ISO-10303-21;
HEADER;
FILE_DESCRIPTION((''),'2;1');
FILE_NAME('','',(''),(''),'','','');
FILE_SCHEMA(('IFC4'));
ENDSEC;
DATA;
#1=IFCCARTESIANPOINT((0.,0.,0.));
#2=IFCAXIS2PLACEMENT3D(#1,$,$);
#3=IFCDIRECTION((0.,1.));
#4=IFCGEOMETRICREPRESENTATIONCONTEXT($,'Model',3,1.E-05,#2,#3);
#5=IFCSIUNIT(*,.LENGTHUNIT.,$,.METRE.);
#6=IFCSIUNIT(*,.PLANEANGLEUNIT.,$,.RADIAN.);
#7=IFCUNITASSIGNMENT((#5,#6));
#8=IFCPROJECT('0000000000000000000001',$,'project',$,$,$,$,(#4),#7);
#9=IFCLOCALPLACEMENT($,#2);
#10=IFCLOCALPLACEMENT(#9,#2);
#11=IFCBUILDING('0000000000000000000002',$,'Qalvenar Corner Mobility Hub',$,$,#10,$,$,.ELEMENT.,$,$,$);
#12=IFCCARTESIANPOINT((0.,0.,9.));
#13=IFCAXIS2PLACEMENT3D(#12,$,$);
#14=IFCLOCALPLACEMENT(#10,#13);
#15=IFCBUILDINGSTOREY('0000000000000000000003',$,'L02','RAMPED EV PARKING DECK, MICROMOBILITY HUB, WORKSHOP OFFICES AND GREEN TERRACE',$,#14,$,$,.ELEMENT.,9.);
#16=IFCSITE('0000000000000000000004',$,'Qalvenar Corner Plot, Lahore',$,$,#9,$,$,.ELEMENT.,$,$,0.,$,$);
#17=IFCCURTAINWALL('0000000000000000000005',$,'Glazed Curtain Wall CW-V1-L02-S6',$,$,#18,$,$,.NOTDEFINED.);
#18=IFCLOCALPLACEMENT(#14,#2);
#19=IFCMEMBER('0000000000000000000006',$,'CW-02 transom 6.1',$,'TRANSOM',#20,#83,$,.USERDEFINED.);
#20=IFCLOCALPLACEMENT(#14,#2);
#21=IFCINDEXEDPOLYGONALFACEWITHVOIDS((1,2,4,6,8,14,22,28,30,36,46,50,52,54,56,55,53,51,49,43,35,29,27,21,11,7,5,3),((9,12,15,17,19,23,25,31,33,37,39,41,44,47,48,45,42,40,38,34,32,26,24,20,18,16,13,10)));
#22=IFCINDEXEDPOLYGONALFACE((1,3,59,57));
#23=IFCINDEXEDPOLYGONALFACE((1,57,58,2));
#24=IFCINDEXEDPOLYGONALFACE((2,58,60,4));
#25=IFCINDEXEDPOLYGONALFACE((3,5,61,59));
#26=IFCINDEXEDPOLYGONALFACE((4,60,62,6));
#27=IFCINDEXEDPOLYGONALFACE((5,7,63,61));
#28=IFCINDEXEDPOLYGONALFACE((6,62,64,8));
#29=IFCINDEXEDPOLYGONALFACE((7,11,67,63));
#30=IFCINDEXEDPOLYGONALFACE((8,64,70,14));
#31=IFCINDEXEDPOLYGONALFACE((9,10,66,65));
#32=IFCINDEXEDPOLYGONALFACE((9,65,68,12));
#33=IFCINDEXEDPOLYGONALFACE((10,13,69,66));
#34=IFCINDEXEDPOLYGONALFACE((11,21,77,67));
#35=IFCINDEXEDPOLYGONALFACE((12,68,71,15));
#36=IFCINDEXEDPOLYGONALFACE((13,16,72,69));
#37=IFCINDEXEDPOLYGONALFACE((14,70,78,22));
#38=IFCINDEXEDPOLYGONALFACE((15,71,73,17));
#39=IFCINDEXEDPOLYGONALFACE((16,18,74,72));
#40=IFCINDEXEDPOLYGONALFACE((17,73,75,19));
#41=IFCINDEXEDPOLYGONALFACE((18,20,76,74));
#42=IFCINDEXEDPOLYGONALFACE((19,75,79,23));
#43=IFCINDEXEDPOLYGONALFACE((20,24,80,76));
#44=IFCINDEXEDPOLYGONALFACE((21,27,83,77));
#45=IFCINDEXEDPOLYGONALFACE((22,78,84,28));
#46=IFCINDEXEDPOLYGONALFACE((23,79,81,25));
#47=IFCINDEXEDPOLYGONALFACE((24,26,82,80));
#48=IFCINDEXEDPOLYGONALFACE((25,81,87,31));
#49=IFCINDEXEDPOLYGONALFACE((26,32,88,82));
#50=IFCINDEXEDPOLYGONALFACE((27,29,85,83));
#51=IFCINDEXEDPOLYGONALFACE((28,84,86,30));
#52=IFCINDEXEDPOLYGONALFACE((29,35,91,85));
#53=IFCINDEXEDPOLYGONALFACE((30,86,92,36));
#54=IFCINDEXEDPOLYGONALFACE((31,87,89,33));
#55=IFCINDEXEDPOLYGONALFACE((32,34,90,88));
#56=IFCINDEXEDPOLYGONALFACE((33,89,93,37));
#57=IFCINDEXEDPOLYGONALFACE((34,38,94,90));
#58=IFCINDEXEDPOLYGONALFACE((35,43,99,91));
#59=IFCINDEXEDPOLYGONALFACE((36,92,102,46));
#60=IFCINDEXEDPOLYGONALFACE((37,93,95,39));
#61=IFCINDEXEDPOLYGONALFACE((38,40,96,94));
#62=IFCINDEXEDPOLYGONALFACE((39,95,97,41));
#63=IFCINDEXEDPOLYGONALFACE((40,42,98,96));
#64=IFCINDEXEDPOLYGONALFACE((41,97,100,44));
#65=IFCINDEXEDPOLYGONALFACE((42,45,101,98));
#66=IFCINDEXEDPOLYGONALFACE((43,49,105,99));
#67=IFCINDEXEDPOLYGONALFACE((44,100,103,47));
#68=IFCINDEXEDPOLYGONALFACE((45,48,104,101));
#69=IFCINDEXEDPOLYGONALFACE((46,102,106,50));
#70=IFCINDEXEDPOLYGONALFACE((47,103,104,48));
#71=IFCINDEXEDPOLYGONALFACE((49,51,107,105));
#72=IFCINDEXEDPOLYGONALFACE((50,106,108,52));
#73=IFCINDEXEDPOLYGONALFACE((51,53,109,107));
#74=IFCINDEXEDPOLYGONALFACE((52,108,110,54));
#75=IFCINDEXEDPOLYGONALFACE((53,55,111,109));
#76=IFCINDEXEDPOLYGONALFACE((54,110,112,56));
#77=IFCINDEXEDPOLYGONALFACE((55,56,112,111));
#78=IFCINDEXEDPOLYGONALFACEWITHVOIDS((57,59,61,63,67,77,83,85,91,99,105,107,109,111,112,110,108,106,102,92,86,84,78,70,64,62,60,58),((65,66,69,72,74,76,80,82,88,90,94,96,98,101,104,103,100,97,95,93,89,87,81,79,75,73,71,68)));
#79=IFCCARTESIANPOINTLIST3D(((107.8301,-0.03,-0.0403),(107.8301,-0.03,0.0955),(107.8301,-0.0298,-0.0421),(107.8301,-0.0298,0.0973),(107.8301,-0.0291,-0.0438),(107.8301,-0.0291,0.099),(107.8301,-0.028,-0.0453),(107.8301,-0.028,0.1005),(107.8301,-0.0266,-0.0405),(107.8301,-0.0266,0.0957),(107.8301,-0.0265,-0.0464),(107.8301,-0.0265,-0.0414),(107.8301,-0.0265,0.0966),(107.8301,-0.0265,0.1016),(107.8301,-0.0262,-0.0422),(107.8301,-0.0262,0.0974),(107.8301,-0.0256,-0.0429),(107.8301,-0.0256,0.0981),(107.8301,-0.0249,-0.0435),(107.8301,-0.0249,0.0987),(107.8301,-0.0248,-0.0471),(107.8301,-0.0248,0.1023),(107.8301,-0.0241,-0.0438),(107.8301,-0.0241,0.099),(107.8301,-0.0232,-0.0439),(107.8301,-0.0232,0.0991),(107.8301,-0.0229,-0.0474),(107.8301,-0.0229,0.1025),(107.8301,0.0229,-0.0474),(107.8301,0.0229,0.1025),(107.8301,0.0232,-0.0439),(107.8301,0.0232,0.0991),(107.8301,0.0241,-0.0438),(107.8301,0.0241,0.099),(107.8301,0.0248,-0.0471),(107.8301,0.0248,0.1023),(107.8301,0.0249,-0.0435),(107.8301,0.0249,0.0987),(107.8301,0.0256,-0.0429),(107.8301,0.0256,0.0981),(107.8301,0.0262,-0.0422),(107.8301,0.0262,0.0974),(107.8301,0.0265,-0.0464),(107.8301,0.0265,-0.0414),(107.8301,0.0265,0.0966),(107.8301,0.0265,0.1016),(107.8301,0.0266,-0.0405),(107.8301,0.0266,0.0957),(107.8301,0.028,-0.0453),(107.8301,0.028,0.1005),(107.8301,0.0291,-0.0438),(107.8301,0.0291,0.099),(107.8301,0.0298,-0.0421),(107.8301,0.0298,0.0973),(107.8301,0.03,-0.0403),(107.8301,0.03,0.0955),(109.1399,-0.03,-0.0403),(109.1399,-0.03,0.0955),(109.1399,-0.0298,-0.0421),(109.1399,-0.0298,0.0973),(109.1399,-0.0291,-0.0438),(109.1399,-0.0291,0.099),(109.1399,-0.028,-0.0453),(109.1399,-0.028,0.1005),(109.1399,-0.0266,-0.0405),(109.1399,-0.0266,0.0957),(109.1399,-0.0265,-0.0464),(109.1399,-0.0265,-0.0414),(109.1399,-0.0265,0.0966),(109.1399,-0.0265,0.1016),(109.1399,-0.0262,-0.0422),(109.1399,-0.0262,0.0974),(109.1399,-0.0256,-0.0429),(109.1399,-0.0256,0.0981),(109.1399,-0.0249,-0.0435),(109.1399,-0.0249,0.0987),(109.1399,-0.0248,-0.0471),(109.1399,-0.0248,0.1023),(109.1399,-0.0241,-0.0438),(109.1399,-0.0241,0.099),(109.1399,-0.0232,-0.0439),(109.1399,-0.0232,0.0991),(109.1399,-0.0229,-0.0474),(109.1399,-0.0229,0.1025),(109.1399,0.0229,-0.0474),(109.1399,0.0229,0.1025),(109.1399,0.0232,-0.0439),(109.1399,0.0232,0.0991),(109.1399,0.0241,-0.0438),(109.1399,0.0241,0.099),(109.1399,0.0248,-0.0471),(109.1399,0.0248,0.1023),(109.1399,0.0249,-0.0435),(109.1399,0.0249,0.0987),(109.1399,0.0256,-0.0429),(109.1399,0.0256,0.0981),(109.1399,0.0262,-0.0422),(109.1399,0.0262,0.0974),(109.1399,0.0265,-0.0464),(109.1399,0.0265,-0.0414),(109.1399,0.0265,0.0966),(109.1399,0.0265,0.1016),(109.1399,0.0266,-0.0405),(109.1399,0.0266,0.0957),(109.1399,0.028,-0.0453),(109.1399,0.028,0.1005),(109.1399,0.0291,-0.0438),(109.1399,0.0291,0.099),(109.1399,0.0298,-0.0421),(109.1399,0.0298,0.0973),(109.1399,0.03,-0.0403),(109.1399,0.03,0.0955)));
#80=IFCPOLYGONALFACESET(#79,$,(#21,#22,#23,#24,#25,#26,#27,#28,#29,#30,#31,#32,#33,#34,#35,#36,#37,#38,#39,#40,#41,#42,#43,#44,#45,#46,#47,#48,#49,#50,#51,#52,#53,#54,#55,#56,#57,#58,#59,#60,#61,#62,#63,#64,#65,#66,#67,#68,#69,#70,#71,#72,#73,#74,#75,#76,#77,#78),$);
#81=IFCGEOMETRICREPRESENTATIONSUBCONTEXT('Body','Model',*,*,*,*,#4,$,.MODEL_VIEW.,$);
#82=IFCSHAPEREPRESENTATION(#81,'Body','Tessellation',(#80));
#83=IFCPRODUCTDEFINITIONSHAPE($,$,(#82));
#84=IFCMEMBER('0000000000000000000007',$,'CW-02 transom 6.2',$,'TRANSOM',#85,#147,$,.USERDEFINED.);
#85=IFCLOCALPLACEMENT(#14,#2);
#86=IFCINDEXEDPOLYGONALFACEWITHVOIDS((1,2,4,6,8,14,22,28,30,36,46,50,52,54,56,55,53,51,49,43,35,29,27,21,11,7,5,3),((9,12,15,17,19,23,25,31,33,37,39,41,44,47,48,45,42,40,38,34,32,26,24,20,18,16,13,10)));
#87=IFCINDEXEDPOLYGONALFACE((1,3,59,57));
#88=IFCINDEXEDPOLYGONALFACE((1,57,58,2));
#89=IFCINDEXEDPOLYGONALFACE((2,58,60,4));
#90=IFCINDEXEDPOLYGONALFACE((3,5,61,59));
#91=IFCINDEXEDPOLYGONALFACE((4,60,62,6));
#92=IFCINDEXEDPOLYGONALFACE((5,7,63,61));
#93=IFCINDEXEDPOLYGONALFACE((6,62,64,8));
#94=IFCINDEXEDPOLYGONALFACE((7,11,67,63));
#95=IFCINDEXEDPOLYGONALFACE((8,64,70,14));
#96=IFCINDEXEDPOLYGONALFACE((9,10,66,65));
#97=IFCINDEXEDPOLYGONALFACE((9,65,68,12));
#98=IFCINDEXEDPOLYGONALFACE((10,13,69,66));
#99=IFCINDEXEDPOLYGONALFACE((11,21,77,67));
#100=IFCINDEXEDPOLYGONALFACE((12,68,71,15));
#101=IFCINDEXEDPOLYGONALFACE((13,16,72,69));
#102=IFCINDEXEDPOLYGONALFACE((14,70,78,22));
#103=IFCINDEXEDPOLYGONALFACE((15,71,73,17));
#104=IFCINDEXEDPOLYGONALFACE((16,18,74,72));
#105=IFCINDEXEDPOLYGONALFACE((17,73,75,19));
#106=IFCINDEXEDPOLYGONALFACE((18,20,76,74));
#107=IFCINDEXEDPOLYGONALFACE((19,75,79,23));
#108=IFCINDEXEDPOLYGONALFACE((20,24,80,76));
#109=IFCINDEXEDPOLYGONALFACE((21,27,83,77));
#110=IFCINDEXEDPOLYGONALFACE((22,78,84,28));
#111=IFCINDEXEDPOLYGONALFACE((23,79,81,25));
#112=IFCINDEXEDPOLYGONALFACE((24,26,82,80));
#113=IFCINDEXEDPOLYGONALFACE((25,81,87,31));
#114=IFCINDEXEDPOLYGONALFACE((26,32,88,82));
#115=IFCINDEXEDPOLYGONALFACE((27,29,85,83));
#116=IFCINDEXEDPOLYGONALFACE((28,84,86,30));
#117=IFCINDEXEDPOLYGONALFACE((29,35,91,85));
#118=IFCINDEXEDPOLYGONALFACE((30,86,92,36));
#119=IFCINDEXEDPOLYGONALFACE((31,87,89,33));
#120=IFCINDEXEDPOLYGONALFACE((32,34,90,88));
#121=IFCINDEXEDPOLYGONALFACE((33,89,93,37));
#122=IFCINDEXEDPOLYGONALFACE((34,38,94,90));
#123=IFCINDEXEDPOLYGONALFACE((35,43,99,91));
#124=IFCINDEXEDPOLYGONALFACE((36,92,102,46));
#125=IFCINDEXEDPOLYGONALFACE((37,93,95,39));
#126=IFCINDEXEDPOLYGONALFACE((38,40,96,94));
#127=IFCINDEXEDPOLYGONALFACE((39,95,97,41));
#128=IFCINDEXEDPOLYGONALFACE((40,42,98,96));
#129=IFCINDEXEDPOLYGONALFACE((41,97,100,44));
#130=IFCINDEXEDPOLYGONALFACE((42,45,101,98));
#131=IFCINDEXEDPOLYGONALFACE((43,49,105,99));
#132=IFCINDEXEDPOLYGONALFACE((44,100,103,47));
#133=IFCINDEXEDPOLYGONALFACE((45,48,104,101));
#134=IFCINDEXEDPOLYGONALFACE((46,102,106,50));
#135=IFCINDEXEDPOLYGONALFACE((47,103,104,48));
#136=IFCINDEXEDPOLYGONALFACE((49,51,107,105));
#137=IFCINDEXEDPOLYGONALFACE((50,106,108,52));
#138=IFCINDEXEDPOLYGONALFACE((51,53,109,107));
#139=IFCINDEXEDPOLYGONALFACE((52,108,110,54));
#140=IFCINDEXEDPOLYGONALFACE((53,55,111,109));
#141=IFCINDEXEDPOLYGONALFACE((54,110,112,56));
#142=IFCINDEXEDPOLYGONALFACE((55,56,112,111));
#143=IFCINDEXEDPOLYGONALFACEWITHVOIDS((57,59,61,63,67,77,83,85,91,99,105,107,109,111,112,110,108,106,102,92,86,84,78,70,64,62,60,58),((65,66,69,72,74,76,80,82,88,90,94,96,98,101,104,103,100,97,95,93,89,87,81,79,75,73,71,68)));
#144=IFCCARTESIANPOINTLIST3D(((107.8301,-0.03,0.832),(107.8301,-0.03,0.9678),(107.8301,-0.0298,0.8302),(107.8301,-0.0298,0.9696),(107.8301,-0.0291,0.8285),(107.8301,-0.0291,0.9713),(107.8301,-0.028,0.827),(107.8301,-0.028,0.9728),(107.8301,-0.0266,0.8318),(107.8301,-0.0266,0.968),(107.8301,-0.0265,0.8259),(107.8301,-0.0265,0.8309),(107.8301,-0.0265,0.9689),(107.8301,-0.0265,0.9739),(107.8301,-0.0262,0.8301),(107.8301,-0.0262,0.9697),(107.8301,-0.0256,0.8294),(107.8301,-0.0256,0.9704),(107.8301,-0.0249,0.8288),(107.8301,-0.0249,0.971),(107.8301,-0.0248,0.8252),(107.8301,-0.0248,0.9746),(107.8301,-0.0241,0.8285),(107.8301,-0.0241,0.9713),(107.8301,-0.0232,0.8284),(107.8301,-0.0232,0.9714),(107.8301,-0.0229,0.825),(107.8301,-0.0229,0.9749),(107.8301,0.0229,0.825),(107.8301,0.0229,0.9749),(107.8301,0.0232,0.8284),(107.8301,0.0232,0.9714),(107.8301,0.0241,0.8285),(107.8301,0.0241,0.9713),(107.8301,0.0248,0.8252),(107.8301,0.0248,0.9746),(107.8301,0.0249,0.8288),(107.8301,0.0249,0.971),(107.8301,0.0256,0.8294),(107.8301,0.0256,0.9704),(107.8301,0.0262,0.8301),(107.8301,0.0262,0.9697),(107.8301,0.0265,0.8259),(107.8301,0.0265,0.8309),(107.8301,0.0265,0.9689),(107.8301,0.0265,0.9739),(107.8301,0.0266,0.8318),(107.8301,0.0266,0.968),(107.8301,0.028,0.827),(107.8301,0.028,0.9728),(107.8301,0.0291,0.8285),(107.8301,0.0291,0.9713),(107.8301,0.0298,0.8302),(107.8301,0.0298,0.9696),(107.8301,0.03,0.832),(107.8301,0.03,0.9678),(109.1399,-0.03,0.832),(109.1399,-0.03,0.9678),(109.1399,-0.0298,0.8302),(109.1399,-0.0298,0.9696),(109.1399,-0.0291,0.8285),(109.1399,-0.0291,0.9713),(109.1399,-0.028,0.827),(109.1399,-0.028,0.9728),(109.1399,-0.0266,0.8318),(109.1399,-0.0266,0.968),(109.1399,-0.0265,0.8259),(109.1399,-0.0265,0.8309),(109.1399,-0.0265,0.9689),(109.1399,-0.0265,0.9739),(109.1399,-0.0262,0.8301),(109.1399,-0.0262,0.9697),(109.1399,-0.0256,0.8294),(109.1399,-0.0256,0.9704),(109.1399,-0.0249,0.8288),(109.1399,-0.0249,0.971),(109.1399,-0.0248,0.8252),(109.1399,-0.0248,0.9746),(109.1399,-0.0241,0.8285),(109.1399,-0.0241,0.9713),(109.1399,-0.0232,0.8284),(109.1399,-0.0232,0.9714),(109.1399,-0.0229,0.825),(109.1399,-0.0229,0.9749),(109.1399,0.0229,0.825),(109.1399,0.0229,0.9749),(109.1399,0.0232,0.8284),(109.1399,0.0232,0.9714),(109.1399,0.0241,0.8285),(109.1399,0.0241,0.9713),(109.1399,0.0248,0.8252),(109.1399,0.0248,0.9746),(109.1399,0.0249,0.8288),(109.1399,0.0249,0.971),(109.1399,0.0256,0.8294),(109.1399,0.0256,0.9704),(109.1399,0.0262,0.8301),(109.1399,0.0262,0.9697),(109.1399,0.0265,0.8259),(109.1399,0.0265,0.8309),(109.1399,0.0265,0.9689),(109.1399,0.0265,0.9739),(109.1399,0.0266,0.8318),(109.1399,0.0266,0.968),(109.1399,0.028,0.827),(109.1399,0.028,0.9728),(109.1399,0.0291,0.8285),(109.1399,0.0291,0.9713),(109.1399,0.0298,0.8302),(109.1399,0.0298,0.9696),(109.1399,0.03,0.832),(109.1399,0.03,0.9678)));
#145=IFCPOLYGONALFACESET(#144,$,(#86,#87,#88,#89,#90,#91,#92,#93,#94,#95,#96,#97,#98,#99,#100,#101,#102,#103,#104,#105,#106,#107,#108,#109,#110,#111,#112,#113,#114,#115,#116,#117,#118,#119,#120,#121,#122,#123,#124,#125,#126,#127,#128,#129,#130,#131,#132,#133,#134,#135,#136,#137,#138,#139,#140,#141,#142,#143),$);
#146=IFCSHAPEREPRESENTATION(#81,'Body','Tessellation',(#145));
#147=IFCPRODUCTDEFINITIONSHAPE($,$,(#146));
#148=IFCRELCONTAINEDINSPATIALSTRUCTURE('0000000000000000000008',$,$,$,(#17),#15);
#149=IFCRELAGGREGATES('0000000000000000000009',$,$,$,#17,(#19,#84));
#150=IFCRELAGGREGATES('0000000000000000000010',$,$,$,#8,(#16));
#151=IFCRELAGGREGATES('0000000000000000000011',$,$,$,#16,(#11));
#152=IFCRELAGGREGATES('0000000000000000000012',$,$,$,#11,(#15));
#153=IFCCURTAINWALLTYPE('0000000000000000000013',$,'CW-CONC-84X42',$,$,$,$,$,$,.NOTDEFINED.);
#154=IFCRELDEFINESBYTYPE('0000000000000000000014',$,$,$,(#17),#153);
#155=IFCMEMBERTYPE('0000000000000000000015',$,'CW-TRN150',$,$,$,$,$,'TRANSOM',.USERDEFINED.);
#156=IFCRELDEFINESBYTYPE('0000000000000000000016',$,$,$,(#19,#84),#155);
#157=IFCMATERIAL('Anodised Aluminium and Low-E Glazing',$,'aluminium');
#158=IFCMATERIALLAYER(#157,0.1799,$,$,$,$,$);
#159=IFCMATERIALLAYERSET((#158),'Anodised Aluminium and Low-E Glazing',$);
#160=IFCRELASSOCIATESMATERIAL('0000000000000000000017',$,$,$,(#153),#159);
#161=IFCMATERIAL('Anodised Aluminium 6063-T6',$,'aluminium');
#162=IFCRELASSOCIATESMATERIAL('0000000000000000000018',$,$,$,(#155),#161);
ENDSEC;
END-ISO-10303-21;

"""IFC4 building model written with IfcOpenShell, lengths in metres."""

from ifc_helpers import new_model, si_unit, direction, frame, origin, origin_2d, place, context, subcontext, project, spatial, hollow_rectangle, extrude, material, layer, layer_set, material_profile, profile_set, type_object, element, aggregate, save


model = new_model("IFC4")

# Units and contexts
model_context = context("Model", 3, precision=1e-05, world=origin(), true_north=direction((0.0, 1.0)))
body_context = subcontext(model_context, "Body", "Model", "MODEL_VIEW")
ifc_project = project(units=[si_unit("LENGTHUNIT", "METRE"), si_unit("PLANEANGLEUNIT", "RADIAN")], contexts=[model_context])

# Site, building, storey
site_placement = place(None, origin())
site = spatial("IfcSite", under=ifc_project, at=site_placement, Name="Qalvenar Corner Plot, Lahore", CompositionType="ELEMENT", RefElevation=0.0)
building_placement = place(site_placement, origin())
building = spatial("IfcBuilding", under=site, at=building_placement, Name="Qalvenar Corner Mobility Hub", CompositionType="ELEMENT")
storey_placement = place(building_placement, frame((0.0, 0.0, 9.0)))
storey = spatial("IfcBuildingStorey", under=building, at=storey_placement, Name="L02", Description="RAMPED EV PARKING DECK, MICROMOBILITY HUB, WORKSHOP OFFICES AND GREEN TERRACE", CompositionType="ELEMENT", Elevation=9.0)

# Curtain wall, members
ifc_material_1 = material(Name="Anodised Aluminium and Low-E Glazing", Category="aluminium")
ifc_layer_1 = layer(ifc_material_1, 0.1799)
ifc_layer_set_1 = layer_set([ifc_layer_1], Name="Anodised Aluminium and Low-E Glazing")
curtain_wall_type = type_object("IfcCurtainWallType", Name="CW-CONC-84X42", PredefinedType="NOTDEFINED", material=ifc_layer_set_1)
curtain_wall_placement = place(storey_placement, origin())
curtain_wall = element("IfcCurtainWall", 1, at=curtain_wall_placement, inside=storey, type_object=curtain_wall_type, Name="Glazed Curtain Wall CW-V1-L02-S6", PredefinedType="NOTDEFINED")
ifc_material_2 = material(Name="Anodised Aluminium 6063-T6", Category="aluminium")
ifc_material_profile_1 = material_profile(ifc_material_2, hollow_rectangle(XDim=0.0601, YDim=0.1499, WallThickness=0.0034, InnerFilletRadius=0.0034, OuterFilletRadius=0.0071, at=origin_2d()), Name="RHS150x60x3.5")
ifc_profile_set_1 = profile_set([ifc_material_profile_1], Name="Anodised Aluminium 6063-T6")
member_type_1 = type_object("IfcMemberType", Name="CW-TRN150", ElementType="TRANSOM", PredefinedType="USERDEFINED", material=ifc_profile_set_1)
member_1_placement = place(storey_placement, frame((107.8301, 0.0, 0.0276), z_axis=(1.0, 0.0, 0.0), x_axis=(0.0, 1.0, 0.0)))
member_1 = element("IfcMember", 2, at=member_1_placement, type_object=member_type_1, Name="CW-02 transom 6.1", ObjectType="TRANSOM", PredefinedType="USERDEFINED", context=body_context, shape_type="SweptSolid", body=[
    extrude(hollow_rectangle(XDim=0.0601, YDim=0.1499, WallThickness=0.0034, InnerFilletRadius=0.0034, OuterFilletRadius=0.0071, at=origin_2d()), origin(), (0.0, 0.0, 1.0), 1.3098),
])
member_2_placement = place(storey_placement, frame((107.8301, 0.0, 0.8999), z_axis=(1.0, 0.0, 0.0), x_axis=(0.0, 1.0, 0.0)))
member_2 = element("IfcMember", 3, at=member_2_placement, type_object=member_type_1, Name="CW-02 transom 6.2", ObjectType="TRANSOM", PredefinedType="USERDEFINED", context=body_context, shape_type="SweptSolid", body=[
    extrude(hollow_rectangle(XDim=0.0601, YDim=0.1499, WallThickness=0.0034, InnerFilletRadius=0.0034, OuterFilletRadius=0.0071, at=origin_2d()), origin(), (0.0, 0.0, 1.0), 1.3098),
])
aggregate(curtain_wall, [member_1, member_2])

save(model, "model.ifc")
